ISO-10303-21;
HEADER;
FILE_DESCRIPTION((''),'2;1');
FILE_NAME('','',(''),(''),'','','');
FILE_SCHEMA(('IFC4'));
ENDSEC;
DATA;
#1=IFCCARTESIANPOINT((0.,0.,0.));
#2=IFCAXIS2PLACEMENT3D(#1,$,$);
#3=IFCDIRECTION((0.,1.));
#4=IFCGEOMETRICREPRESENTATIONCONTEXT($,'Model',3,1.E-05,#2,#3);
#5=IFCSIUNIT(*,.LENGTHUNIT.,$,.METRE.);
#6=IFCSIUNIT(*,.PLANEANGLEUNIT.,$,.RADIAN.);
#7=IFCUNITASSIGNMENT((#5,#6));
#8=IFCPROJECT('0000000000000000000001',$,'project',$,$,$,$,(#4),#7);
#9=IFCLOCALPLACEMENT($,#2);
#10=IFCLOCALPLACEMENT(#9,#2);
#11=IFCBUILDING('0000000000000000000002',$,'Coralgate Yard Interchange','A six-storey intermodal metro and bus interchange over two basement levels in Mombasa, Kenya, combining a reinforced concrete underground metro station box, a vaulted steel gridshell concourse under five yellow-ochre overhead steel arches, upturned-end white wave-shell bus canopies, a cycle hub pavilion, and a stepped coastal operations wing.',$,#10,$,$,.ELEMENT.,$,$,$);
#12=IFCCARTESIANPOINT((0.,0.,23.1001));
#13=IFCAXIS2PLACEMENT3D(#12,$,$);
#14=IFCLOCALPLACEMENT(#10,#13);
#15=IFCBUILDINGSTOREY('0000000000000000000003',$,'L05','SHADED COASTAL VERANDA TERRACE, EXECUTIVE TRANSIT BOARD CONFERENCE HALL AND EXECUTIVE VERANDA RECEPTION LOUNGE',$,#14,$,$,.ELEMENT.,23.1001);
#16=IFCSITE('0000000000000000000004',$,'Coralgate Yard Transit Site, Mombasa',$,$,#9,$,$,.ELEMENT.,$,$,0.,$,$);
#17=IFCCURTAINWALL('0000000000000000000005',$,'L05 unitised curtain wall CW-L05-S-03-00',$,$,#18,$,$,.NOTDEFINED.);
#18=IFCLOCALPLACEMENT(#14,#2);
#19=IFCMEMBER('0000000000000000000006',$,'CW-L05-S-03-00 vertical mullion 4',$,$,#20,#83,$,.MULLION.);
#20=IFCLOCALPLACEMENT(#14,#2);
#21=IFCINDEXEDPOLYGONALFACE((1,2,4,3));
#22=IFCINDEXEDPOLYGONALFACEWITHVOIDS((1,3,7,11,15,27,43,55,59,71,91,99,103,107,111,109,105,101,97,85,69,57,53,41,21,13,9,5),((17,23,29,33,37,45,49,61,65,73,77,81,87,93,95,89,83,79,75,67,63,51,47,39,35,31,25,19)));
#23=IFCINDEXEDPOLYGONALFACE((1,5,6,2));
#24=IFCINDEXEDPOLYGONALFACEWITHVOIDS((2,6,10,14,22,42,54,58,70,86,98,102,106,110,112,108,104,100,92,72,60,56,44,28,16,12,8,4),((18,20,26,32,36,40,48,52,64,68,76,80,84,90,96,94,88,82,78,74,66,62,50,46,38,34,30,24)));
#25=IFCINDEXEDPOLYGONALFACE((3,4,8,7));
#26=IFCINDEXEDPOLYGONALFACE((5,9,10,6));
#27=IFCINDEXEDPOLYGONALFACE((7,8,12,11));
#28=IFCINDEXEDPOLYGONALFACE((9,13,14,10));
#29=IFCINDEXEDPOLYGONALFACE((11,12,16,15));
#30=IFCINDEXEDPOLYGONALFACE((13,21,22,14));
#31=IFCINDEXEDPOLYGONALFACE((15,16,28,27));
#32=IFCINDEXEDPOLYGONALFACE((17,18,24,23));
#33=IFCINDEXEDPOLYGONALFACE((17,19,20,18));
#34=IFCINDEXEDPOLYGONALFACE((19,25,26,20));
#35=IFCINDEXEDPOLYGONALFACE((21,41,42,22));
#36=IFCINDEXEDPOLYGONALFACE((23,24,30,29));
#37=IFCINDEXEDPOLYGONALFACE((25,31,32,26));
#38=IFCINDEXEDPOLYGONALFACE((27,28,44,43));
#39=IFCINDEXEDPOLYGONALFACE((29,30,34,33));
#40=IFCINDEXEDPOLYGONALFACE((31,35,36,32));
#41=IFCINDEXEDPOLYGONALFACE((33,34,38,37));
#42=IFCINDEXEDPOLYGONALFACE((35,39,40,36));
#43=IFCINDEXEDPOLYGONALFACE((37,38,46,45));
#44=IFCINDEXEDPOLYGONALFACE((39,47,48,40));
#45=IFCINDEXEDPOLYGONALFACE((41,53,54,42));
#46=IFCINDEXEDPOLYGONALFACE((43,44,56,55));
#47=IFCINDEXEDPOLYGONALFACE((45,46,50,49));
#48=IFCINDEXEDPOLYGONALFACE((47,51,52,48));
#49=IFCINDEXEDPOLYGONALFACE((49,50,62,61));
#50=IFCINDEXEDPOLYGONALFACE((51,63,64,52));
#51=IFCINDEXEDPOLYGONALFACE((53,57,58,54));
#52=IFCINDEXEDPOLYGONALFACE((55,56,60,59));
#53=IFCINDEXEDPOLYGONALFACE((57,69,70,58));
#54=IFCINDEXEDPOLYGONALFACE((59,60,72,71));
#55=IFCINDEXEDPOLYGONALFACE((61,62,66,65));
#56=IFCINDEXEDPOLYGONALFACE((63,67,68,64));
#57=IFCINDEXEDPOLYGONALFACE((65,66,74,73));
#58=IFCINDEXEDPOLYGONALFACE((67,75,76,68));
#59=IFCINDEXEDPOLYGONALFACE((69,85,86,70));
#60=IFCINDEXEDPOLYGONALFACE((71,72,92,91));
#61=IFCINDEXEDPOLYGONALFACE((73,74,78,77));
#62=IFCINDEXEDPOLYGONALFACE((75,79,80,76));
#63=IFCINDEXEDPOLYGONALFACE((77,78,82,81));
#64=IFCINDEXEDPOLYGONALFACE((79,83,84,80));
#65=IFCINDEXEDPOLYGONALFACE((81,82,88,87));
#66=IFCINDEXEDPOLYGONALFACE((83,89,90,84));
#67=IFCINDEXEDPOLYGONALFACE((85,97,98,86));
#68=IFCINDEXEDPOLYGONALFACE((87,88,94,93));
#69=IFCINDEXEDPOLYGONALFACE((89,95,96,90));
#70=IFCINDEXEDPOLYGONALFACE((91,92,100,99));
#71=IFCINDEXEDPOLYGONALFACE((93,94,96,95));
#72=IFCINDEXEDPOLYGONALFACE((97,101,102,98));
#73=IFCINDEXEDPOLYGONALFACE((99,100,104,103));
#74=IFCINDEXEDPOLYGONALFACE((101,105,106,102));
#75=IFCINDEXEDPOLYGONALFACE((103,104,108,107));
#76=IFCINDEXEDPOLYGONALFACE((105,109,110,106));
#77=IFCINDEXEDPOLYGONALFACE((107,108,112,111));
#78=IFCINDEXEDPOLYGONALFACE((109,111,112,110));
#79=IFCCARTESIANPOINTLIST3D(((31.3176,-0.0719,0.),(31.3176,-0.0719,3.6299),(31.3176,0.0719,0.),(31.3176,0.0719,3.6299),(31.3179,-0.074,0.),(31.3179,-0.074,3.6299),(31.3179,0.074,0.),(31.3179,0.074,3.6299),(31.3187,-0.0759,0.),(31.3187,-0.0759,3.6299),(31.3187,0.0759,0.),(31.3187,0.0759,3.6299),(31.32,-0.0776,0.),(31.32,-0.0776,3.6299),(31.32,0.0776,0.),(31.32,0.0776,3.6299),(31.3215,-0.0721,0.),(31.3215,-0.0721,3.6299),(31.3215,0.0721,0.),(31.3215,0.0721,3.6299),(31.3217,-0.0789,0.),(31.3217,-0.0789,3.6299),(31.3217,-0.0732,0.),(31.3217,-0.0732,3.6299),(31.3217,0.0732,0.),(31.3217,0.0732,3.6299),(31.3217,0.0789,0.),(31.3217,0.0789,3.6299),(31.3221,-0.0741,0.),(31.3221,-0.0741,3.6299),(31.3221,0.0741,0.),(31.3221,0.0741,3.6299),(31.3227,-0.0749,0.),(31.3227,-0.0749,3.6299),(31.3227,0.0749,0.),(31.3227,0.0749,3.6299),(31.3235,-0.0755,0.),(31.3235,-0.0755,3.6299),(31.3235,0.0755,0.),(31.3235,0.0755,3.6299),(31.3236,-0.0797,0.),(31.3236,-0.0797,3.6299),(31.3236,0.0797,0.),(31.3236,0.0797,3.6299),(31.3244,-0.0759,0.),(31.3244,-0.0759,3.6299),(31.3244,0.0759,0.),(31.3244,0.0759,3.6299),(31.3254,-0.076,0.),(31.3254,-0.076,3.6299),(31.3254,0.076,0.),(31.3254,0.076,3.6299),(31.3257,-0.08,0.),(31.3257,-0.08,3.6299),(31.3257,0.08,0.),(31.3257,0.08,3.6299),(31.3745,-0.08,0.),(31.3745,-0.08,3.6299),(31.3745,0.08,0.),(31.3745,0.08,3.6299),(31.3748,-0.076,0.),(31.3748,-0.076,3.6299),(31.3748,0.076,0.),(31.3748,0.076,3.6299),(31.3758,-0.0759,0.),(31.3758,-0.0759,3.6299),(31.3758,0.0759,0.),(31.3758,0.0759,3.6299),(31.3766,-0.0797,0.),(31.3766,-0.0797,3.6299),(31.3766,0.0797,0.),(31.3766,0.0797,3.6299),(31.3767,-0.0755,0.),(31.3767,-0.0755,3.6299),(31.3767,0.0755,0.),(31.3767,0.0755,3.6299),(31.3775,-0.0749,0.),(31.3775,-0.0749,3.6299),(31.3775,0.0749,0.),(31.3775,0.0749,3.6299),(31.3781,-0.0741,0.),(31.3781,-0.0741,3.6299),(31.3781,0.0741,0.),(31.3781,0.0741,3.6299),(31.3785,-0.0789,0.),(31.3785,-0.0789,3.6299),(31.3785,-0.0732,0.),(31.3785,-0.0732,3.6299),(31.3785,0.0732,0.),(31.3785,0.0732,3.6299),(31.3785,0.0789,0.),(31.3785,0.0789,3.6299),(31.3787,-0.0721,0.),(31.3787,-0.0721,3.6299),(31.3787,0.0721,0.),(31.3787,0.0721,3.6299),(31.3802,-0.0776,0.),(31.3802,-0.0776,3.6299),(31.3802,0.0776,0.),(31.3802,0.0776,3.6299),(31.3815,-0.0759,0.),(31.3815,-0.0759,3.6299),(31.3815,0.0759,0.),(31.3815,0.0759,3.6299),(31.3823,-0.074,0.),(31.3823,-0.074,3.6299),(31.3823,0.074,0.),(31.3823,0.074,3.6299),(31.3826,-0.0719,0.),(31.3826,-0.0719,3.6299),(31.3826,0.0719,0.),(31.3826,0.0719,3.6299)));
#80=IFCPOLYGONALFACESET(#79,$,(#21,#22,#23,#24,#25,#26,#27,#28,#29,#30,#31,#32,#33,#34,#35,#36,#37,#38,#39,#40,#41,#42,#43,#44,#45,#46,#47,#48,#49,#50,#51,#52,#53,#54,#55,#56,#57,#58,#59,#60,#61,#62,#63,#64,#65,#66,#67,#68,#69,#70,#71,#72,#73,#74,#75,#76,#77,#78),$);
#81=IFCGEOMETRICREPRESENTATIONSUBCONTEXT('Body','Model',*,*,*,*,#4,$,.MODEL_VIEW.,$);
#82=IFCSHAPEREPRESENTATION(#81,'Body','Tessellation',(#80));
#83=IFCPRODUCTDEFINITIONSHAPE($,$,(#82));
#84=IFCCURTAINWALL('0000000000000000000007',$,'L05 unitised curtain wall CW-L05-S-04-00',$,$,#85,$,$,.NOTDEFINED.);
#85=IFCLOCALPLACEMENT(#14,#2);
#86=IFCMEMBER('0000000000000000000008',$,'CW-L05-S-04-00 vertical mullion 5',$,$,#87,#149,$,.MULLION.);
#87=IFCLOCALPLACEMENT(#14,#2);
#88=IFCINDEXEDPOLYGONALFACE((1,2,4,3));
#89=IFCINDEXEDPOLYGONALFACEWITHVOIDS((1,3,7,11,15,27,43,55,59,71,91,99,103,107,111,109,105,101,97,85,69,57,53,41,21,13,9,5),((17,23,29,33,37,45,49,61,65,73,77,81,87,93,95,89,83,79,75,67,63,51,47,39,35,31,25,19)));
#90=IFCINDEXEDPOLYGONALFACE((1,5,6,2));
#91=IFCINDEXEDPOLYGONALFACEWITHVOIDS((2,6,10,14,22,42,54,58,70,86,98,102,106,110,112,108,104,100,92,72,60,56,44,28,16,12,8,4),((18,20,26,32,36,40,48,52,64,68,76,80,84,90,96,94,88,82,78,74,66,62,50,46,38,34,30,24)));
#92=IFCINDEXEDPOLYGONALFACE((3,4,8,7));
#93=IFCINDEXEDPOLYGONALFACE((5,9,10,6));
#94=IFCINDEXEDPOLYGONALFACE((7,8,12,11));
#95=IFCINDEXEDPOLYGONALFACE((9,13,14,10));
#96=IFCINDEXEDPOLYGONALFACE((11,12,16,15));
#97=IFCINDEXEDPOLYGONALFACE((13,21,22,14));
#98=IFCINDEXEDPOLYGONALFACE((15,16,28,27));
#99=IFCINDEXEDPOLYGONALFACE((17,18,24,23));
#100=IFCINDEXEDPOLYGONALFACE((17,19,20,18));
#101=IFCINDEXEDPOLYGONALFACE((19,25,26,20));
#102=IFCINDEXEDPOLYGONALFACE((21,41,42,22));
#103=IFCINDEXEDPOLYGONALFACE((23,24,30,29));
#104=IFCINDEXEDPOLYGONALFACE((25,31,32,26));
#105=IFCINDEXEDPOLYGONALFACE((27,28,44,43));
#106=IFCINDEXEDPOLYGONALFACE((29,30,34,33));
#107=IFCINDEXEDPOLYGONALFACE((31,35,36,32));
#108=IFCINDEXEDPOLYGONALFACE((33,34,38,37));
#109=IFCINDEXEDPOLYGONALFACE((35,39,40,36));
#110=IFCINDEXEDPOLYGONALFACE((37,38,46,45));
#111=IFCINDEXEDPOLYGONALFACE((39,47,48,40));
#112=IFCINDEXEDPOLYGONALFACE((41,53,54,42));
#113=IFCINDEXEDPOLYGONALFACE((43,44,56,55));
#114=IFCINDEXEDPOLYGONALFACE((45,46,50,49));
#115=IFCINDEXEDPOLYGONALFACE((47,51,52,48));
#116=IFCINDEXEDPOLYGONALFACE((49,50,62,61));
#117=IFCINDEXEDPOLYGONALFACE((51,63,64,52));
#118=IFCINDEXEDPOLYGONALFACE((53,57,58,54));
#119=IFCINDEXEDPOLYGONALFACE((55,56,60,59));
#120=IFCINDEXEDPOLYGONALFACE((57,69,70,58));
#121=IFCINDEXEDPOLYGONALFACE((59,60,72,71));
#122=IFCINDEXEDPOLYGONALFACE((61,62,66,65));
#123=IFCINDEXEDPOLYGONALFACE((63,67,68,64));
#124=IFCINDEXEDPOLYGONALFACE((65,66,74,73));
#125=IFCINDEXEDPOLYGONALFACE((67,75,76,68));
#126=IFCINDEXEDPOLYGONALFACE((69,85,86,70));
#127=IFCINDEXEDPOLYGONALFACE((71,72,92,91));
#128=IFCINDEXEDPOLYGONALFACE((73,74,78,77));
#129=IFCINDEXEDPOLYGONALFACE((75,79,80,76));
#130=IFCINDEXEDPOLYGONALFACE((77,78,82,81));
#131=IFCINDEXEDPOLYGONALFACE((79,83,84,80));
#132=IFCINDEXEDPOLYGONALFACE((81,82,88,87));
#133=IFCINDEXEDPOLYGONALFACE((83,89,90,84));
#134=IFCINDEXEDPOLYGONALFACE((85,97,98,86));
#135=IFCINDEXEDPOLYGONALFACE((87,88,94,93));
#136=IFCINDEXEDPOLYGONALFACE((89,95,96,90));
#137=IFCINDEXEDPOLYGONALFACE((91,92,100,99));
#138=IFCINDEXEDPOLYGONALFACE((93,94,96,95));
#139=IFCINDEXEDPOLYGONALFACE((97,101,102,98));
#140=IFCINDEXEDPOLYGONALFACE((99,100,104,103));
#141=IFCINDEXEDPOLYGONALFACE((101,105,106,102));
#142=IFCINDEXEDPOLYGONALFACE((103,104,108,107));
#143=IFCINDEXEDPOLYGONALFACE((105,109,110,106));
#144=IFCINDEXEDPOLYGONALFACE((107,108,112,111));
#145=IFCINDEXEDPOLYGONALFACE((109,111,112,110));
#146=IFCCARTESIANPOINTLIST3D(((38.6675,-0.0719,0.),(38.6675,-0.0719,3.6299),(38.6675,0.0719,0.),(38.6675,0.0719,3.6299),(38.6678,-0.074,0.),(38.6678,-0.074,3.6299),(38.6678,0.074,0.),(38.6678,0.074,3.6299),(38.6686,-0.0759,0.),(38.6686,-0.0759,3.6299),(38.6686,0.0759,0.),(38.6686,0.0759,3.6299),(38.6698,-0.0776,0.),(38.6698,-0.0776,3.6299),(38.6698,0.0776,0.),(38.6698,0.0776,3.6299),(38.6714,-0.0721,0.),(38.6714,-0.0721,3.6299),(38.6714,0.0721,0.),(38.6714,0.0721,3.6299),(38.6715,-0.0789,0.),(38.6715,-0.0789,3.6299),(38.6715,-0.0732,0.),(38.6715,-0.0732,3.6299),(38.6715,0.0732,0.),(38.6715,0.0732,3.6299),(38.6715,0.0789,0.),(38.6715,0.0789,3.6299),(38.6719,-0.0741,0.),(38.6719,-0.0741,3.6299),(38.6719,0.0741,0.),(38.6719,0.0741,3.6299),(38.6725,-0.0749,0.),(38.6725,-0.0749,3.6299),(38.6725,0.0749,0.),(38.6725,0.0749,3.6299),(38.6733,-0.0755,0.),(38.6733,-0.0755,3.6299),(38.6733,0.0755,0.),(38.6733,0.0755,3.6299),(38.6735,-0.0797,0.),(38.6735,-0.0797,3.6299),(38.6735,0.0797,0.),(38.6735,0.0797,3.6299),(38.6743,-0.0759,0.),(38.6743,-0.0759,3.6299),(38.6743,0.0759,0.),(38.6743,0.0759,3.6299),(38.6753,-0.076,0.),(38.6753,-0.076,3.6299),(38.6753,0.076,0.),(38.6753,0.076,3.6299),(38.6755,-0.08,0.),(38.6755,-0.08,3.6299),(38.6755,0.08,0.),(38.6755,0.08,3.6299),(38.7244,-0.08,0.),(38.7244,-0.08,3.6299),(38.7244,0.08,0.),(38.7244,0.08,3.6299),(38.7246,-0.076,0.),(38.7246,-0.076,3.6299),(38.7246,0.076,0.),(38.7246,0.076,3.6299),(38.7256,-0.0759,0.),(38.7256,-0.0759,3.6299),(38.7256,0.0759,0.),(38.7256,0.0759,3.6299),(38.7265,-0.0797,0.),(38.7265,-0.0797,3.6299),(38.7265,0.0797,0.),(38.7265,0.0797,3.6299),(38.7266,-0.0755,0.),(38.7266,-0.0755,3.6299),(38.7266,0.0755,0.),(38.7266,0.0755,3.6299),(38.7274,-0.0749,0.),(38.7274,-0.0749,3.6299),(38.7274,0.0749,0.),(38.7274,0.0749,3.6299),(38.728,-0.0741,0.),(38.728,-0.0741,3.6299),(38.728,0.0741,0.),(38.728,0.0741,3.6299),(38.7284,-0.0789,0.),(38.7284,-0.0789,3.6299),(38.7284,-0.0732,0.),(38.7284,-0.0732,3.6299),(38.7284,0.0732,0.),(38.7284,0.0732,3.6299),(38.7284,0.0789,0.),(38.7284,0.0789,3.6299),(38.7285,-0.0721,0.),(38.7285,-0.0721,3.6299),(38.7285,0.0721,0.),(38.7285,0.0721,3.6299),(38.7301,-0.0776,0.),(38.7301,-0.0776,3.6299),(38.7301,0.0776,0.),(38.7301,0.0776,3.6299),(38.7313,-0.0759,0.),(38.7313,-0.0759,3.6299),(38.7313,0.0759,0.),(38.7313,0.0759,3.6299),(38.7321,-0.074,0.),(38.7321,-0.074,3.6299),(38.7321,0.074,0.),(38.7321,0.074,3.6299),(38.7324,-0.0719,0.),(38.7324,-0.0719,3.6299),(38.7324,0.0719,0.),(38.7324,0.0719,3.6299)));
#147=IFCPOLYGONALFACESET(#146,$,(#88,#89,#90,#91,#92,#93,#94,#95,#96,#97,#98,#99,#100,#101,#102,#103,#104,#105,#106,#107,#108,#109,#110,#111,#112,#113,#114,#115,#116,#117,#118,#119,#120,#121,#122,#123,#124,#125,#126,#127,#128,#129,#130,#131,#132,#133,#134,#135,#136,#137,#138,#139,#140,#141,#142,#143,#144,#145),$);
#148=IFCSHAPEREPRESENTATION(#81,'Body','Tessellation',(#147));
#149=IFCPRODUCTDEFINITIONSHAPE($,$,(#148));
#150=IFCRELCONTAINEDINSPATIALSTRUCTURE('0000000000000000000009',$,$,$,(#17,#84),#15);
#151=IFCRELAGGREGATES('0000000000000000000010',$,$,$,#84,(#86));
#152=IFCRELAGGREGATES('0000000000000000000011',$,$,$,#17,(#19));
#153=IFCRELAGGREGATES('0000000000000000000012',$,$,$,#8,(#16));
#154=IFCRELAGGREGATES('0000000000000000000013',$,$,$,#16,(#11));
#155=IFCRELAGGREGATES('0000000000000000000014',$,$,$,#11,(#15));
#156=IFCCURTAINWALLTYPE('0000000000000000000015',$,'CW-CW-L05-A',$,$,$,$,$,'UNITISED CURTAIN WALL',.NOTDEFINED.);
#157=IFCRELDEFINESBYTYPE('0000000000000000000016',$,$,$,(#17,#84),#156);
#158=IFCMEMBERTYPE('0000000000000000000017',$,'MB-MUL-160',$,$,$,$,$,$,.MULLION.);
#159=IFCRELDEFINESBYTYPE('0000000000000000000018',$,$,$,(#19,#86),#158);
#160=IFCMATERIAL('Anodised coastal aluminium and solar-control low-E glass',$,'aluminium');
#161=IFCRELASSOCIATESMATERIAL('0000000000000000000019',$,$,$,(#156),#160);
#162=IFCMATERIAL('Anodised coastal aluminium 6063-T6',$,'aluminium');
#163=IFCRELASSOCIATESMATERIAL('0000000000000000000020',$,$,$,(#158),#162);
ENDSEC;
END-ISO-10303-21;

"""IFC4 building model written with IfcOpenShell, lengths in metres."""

from ifc_helpers import new_model, si_unit, direction, frame, origin, origin_2d, place, context, subcontext, project, spatial, hollow_rectangle, extrude, material, material_profile, profile_set, type_object, element, aggregate, save


model = new_model("IFC4")

# Units and contexts
model_context = context("Model", 3, precision=1e-05, world=origin(), true_north=direction((0.0, 1.0)))
body_context = subcontext(model_context, "Body", "Model", "MODEL_VIEW")
ifc_project = project(units=[si_unit("LENGTHUNIT", "METRE"), si_unit("PLANEANGLEUNIT", "RADIAN")], contexts=[model_context])

# Site, building, storey
site_placement = place(None, origin())
site = spatial("IfcSite", under=ifc_project, at=site_placement, Name="Coralgate Yard Transit Site, Mombasa", CompositionType="ELEMENT", RefElevation=0.0)
building_placement = place(site_placement, origin())
building = spatial("IfcBuilding", under=site, at=building_placement, Name="Coralgate Yard Interchange", Description="A six-storey intermodal metro and bus interchange over two basement levels in Mombasa, Kenya, combining a reinforced concrete underground metro station box, a vaulted steel gridshell concourse under five yellow-ochre overhead steel arches, upturned-end white wave-shell bus canopies, a cycle hub pavilion, and a stepped coastal operations wing.", CompositionType="ELEMENT")
storey_placement = place(building_placement, frame((0.0, 0.0, 23.1001)))
storey = spatial("IfcBuildingStorey", under=building, at=storey_placement, Name="L05", Description="SHADED COASTAL VERANDA TERRACE, EXECUTIVE TRANSIT BOARD CONFERENCE HALL AND EXECUTIVE VERANDA RECEPTION LOUNGE", CompositionType="ELEMENT", Elevation=23.1001)

# Curtain wall, member
ifc_material_1 = material(Name="Anodised coastal aluminium and solar-control low-E glass", Category="aluminium")
curtain_wall_type = type_object("IfcCurtainWallType", Name="CW-CW-L05-A", ElementType="UNITISED CURTAIN WALL", PredefinedType="NOTDEFINED", material=ifc_material_1)
curtain_wall_1_placement = place(storey_placement, origin())
curtain_wall_1 = element("IfcCurtainWall", 1, at=curtain_wall_1_placement, inside=storey, type_object=curtain_wall_type, Name="L05 unitised curtain wall CW-L05-S-03-00", PredefinedType="NOTDEFINED")
ifc_material_2 = material(Name="Anodised coastal aluminium 6063-T6", Category="aluminium")
ifc_material_profile_1 = material_profile(ifc_material_2, hollow_rectangle(XDim=0.0649, YDim=0.1599, WallThickness=0.0039, InnerFilletRadius=0.0039, OuterFilletRadius=0.0081, at=origin_2d()), Name="ALU 65x160x4")
ifc_profile_set_1 = profile_set([ifc_material_profile_1], Name="Anodised coastal aluminium 6063-T6")
member_type_1 = type_object("IfcMemberType", Name="MB-MUL-160", PredefinedType="MULLION", material=ifc_profile_set_1)
member_1_placement = place(storey_placement, frame((31.3501, 0.0, 0.0), z_axis=(0.0, 0.0, 1.0), x_axis=(1.0, 0.0, 0.0)))
member_1 = element("IfcMember", 2, at=member_1_placement, type_object=member_type_1, Name="CW-L05-S-03-00 vertical mullion 4", PredefinedType="MULLION", context=body_context, shape_type="SweptSolid", body=[
    extrude(hollow_rectangle(XDim=0.0649, YDim=0.1599, WallThickness=0.0039, InnerFilletRadius=0.0039, OuterFilletRadius=0.0081, at=origin_2d()), origin(), (0.0, 0.0, 1.0), 3.6299),
])

# Curtain wall, member
curtain_wall_2_placement = place(storey_placement, origin())
curtain_wall_2 = element("IfcCurtainWall", 3, at=curtain_wall_2_placement, inside=storey, type_object=curtain_wall_type, Name="L05 unitised curtain wall CW-L05-S-04-00", PredefinedType="NOTDEFINED")
member_2_placement = place(storey_placement, frame((38.7, 0.0, 0.0), z_axis=(0.0, 0.0, 1.0), x_axis=(1.0, 0.0, 0.0)))
member_2 = element("IfcMember", 4, at=member_2_placement, type_object=member_type_1, Name="CW-L05-S-04-00 vertical mullion 5", PredefinedType="MULLION", context=body_context, shape_type="SweptSolid", body=[
    extrude(hollow_rectangle(XDim=0.0649, YDim=0.1599, WallThickness=0.0039, InnerFilletRadius=0.0039, OuterFilletRadius=0.0081, at=origin_2d()), origin(), (0.0, 0.0, 1.0), 3.6299),
])
aggregate(curtain_wall_2, [member_2])

aggregate(curtain_wall_1, [member_1])

save(model, "model.ifc")
